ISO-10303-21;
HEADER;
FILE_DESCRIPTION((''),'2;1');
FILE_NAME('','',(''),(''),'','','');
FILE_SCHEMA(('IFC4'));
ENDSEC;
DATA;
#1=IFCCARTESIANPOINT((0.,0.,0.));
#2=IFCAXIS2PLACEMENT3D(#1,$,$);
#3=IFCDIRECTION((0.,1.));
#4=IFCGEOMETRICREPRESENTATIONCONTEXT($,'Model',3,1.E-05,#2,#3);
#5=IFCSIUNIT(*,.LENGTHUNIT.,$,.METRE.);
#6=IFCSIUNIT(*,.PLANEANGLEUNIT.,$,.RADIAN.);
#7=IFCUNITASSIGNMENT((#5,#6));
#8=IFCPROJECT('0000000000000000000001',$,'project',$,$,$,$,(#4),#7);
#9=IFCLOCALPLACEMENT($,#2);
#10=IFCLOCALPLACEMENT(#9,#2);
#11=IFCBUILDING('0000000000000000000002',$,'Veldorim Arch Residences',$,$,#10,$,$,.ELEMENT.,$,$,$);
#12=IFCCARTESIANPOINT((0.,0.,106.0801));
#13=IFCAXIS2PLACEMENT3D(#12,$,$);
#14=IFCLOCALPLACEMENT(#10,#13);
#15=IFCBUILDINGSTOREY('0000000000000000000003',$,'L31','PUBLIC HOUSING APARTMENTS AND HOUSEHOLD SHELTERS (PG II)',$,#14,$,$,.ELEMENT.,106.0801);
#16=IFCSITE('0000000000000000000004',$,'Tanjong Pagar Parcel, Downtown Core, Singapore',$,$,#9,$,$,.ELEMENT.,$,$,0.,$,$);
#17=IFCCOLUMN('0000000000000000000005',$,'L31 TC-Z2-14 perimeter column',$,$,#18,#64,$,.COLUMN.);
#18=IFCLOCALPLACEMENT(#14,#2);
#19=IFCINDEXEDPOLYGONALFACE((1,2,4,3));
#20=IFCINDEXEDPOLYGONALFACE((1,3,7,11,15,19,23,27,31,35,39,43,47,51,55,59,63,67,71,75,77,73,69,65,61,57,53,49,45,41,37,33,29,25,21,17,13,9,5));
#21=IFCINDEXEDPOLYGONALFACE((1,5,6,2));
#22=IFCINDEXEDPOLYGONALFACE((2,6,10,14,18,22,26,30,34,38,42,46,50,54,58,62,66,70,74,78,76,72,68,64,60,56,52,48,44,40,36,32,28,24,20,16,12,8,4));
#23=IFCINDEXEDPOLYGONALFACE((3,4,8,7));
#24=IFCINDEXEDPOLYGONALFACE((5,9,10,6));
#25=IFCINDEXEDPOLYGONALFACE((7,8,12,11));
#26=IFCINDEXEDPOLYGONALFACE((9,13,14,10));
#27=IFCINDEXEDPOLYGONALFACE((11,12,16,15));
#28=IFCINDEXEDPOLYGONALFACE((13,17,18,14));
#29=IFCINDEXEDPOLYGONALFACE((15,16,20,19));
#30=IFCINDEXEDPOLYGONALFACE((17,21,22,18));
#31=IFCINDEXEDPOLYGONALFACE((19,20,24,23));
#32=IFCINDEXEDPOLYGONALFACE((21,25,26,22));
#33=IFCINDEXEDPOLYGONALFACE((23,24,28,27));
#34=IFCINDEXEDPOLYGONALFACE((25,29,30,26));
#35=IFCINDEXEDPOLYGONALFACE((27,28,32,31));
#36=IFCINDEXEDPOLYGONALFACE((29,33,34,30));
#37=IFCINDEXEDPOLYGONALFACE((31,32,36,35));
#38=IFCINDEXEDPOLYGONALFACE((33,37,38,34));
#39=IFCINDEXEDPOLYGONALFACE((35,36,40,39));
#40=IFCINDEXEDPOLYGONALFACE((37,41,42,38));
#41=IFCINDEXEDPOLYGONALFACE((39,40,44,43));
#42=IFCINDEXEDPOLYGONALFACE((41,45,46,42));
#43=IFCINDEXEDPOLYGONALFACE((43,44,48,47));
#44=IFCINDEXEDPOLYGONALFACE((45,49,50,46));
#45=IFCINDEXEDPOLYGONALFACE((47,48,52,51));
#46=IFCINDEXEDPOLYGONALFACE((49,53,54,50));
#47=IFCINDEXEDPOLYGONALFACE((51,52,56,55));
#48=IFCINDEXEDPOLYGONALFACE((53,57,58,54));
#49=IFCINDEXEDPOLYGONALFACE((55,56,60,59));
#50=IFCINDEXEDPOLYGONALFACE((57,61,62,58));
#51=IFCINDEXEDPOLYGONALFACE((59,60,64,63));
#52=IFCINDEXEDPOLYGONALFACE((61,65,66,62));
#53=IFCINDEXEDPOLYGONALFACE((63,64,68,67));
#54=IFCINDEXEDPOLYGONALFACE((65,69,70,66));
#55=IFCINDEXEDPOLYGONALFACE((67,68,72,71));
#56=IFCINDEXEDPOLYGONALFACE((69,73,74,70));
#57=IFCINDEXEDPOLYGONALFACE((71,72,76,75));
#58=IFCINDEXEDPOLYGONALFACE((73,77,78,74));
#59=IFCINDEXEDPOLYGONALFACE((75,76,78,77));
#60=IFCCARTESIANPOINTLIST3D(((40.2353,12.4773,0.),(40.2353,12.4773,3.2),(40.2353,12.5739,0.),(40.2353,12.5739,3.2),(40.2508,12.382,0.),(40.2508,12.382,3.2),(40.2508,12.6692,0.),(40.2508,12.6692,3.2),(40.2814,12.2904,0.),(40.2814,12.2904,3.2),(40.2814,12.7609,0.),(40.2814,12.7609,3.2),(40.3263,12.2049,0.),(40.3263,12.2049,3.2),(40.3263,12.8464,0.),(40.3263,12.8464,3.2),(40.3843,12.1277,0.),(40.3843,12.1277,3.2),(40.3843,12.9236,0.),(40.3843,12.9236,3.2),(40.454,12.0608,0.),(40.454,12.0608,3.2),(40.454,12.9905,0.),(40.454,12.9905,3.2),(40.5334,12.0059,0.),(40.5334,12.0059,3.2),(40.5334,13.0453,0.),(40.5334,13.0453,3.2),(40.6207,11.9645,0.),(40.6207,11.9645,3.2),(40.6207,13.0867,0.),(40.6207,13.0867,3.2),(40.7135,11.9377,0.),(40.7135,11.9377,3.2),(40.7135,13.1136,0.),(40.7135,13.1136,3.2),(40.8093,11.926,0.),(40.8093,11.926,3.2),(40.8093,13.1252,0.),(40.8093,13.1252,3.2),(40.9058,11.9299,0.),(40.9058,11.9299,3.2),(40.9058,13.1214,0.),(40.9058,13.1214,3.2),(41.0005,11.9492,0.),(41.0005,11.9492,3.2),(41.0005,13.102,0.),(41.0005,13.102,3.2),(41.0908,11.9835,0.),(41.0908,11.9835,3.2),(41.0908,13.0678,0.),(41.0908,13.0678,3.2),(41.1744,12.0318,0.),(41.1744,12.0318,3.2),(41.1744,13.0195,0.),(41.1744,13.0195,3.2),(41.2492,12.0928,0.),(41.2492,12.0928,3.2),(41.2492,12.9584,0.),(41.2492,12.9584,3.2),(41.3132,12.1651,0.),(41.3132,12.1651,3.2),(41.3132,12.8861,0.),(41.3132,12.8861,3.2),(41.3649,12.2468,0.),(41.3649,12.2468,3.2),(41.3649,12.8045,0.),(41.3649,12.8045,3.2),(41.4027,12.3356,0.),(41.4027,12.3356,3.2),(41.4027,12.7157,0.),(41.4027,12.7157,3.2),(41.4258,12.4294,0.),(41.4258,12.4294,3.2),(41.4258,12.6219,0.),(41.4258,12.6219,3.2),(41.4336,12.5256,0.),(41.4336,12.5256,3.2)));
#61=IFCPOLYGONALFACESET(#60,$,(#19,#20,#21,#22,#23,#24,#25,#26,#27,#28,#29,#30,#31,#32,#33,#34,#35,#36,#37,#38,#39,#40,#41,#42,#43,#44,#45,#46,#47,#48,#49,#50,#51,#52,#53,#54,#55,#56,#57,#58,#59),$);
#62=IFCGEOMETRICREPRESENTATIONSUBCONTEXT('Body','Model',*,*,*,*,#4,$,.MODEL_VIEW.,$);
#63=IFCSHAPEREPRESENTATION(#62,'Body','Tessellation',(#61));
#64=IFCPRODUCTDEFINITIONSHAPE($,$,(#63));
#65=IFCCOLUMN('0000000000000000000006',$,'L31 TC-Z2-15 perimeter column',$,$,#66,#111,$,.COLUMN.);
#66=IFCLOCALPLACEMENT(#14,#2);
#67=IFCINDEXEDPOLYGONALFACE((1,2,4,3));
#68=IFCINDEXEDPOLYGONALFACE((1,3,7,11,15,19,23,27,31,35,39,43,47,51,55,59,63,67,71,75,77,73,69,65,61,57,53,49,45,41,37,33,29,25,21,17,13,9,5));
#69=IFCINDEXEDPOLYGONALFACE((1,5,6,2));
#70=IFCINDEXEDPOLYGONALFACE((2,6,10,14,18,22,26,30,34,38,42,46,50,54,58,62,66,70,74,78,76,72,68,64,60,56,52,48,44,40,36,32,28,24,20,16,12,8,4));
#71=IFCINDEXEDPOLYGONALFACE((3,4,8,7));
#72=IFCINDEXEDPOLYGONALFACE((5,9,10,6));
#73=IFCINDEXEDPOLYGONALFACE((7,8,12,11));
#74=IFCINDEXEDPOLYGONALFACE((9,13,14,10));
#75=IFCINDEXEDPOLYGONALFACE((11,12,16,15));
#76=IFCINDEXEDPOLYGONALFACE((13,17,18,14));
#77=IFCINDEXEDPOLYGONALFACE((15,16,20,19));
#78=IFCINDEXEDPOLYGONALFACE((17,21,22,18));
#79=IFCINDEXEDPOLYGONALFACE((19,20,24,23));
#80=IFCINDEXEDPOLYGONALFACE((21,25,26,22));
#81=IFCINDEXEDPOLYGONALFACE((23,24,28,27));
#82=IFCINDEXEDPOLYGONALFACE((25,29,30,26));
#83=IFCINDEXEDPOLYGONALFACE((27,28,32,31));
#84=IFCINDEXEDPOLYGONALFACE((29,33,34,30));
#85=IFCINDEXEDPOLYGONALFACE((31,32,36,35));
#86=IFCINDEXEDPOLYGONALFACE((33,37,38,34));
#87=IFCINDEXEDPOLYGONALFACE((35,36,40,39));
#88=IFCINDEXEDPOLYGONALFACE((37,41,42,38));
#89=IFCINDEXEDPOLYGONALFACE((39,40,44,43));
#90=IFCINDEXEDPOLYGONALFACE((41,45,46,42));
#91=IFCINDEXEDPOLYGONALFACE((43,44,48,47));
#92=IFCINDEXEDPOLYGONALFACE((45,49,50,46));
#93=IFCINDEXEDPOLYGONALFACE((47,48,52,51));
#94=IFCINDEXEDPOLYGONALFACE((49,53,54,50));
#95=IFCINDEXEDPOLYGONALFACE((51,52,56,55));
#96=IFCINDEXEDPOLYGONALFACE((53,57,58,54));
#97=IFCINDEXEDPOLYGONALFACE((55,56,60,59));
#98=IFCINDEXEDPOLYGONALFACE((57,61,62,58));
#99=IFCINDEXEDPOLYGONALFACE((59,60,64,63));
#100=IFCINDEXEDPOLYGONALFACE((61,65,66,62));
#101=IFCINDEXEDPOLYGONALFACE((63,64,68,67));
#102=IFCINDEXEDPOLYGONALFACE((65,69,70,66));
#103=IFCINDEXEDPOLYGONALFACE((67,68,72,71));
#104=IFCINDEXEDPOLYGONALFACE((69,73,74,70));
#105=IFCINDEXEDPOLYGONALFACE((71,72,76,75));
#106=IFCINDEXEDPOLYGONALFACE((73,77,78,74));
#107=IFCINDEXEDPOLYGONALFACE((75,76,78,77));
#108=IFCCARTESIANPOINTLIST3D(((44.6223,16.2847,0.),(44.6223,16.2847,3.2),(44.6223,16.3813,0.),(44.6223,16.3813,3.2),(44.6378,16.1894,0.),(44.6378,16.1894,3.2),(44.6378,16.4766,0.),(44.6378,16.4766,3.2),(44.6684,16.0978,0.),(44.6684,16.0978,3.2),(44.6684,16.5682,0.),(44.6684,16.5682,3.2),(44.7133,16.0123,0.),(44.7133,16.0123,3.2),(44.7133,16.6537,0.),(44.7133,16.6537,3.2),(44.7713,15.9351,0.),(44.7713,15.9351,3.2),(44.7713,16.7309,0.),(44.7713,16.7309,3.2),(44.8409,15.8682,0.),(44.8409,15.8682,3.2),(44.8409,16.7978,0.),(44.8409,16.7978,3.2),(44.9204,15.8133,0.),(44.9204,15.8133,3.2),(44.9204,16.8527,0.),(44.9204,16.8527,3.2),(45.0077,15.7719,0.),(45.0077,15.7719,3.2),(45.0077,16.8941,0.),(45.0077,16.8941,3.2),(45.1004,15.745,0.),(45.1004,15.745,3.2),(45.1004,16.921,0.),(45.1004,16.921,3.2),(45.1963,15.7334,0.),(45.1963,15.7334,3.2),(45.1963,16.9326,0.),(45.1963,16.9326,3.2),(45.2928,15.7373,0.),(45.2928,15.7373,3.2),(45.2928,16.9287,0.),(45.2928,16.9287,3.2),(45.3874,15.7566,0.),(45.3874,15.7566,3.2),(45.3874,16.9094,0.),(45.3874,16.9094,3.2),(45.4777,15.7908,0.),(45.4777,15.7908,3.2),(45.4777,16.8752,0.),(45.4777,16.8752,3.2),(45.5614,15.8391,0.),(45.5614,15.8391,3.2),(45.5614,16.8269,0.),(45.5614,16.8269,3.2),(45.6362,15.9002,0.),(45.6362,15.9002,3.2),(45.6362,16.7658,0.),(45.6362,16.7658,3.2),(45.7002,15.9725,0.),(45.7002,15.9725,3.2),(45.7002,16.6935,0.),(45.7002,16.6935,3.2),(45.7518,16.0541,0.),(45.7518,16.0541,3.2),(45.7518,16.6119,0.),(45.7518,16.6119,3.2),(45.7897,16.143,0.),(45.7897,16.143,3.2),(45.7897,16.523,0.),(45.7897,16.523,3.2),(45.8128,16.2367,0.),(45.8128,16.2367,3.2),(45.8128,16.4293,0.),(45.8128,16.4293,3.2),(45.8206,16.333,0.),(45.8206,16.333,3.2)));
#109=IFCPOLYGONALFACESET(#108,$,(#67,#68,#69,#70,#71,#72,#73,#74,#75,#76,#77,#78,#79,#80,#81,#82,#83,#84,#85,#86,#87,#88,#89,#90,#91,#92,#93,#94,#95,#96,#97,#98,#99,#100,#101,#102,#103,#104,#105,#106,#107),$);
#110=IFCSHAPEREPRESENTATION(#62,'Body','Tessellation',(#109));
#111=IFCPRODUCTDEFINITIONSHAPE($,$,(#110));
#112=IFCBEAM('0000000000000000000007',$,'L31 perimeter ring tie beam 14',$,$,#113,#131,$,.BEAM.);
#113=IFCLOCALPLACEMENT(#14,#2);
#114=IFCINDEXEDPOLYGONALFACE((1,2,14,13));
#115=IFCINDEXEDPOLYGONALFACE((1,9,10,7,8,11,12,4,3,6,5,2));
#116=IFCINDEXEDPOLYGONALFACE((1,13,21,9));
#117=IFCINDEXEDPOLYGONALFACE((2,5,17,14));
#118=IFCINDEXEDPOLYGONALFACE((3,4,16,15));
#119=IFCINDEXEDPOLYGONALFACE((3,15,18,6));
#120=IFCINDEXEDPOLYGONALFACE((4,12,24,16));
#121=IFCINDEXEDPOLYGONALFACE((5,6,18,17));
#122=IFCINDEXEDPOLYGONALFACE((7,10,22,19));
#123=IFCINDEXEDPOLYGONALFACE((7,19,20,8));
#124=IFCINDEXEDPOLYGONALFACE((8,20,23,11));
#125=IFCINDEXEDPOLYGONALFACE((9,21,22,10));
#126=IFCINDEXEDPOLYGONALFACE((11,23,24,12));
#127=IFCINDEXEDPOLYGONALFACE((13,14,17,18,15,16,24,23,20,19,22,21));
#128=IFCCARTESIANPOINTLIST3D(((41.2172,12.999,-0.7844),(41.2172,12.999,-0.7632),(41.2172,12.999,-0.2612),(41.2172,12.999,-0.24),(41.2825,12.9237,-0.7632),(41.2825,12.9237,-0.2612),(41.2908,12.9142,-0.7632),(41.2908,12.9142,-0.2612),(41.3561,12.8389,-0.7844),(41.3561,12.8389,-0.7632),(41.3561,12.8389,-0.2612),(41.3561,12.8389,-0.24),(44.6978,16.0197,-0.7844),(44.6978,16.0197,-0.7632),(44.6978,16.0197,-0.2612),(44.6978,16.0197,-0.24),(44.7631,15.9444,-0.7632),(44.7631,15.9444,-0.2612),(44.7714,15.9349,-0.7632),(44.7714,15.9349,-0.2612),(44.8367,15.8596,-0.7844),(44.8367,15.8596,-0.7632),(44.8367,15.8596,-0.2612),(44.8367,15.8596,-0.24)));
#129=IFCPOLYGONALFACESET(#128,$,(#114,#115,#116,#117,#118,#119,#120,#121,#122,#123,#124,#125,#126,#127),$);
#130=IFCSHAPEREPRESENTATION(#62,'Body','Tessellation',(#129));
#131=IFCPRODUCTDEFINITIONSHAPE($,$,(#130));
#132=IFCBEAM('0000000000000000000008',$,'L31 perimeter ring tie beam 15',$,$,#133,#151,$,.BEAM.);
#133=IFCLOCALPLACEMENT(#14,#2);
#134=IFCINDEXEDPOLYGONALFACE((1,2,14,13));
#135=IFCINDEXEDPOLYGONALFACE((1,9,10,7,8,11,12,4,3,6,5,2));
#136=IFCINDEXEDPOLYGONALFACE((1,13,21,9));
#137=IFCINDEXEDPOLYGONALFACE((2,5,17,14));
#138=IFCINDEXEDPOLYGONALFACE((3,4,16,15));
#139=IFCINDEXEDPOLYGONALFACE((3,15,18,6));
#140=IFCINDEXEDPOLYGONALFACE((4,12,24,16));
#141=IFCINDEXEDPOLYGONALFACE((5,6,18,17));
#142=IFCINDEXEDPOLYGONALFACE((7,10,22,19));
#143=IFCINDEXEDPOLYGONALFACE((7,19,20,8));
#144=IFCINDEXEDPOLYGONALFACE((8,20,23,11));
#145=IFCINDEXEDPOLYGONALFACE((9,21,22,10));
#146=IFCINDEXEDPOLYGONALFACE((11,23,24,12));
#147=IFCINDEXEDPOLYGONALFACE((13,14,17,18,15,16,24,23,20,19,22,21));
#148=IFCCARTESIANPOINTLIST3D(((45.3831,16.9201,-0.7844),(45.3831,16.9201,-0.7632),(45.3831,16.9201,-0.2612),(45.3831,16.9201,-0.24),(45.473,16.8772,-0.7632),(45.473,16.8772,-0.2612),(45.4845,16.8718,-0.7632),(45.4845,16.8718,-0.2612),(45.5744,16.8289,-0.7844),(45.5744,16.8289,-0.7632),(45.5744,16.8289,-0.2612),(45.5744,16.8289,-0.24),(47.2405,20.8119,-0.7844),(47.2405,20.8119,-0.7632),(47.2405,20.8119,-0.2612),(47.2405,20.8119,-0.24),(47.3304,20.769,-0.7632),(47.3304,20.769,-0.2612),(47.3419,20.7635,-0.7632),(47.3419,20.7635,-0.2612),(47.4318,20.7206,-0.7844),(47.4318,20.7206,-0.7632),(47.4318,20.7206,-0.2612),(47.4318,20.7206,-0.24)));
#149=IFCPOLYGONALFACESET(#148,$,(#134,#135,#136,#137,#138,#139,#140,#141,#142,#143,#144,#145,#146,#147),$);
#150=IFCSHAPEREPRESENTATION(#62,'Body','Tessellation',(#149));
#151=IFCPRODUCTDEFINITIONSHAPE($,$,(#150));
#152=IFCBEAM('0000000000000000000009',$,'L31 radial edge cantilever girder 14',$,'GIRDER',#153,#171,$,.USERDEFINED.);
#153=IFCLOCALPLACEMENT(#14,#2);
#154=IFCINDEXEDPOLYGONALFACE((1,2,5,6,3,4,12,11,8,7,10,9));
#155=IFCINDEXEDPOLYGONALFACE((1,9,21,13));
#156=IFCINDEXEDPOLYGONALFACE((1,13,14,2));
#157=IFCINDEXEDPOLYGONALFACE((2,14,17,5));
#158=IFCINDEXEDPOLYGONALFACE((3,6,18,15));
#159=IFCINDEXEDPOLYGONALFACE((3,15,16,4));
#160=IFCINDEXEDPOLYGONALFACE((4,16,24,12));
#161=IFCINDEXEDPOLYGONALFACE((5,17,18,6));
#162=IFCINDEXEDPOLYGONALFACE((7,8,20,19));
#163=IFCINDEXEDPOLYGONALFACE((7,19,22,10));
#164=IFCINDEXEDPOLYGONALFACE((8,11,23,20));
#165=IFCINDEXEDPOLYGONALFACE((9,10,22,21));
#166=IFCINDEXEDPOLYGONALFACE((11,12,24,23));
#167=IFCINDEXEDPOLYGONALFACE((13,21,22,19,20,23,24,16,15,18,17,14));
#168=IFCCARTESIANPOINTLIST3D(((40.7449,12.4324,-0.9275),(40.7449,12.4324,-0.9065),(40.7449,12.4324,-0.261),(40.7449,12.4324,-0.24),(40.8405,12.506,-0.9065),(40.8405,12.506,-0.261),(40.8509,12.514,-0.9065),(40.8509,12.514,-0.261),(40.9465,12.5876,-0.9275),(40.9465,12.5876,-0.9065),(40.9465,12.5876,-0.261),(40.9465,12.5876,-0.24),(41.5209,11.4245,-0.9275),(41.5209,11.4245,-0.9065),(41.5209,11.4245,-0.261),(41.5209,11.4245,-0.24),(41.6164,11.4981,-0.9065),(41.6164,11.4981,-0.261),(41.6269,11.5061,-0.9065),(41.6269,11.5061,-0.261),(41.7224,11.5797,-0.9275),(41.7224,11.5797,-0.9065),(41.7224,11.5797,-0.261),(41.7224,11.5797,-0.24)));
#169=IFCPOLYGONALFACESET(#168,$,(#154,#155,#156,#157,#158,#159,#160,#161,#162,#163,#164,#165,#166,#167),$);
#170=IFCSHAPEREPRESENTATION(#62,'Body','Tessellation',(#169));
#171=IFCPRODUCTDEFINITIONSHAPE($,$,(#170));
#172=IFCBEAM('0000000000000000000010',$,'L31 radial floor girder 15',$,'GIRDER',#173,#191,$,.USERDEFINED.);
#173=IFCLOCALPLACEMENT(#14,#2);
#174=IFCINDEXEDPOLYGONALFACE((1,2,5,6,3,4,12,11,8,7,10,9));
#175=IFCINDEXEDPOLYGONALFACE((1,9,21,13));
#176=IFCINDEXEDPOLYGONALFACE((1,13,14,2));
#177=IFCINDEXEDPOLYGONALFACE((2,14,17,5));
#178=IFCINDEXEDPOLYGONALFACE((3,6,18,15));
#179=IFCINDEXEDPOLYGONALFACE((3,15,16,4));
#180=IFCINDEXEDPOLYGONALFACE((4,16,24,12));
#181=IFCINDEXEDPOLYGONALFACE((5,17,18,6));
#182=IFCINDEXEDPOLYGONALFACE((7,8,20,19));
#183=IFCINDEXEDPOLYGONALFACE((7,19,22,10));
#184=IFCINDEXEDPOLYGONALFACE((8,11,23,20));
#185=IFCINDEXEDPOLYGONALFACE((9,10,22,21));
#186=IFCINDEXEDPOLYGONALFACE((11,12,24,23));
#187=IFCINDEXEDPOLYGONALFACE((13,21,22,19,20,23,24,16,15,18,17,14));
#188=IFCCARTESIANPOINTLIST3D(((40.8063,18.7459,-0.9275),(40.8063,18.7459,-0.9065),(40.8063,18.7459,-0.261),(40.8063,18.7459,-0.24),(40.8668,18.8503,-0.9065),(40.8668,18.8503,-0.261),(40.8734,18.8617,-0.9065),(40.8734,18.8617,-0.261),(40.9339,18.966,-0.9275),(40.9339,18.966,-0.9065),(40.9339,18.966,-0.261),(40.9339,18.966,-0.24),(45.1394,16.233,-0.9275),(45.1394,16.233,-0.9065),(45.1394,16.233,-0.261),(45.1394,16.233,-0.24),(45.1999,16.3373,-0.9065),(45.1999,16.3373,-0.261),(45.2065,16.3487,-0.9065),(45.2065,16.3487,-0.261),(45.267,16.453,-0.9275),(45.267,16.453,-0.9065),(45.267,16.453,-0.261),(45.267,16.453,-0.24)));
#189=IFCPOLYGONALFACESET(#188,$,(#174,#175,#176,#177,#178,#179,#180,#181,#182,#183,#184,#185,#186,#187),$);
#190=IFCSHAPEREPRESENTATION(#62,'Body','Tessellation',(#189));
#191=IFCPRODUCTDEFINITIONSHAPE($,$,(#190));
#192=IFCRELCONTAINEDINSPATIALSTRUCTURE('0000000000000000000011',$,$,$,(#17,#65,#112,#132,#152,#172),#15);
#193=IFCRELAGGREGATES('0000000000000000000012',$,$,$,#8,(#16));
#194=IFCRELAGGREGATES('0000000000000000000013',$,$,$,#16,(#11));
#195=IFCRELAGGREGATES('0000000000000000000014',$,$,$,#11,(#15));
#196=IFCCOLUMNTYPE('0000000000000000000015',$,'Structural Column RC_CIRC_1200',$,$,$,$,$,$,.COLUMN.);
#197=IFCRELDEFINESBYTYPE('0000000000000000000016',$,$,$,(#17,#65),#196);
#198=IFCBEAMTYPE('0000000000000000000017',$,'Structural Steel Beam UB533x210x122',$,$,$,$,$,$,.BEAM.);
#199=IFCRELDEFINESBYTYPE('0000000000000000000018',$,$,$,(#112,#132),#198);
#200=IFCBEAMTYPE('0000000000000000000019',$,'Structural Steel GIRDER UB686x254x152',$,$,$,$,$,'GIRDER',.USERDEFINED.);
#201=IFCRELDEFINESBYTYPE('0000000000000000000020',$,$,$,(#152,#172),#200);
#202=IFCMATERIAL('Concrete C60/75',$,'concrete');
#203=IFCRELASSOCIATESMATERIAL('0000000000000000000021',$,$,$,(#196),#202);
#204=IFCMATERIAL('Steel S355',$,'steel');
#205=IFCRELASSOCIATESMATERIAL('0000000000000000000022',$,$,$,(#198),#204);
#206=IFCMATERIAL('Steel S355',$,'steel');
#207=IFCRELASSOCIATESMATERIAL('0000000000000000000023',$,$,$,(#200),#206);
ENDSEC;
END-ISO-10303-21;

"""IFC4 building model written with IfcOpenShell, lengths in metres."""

from ifc_helpers import new_model, si_unit, direction, frame, origin, origin_2d, place, context, subcontext, project, spatial, circle, i_section, extrude, material, material_profile, profile_set, type_object, element, save


model = new_model("IFC4")

# Units and contexts
model_context = context("Model", 3, precision=1e-05, world=origin(), true_north=direction((0.0, 1.0)))
body_context = subcontext(model_context, "Body", "Model", "MODEL_VIEW")
ifc_project = project(units=[si_unit("LENGTHUNIT", "METRE"), si_unit("PLANEANGLEUNIT", "RADIAN")], contexts=[model_context])

# Site, building, storey
site_placement = place(None, origin())
site = spatial("IfcSite", under=ifc_project, at=site_placement, Name="Tanjong Pagar Parcel, Downtown Core, Singapore", CompositionType="ELEMENT", RefElevation=0.0)
building_placement = place(site_placement, origin())
building = spatial("IfcBuilding", under=site, at=building_placement, Name="Veldorim Arch Residences", CompositionType="ELEMENT")
storey_placement = place(building_placement, frame((0.0, 0.0, 106.0801)))
storey = spatial("IfcBuildingStorey", under=building, at=storey_placement, Name="L31", Description="PUBLIC HOUSING APARTMENTS AND HOUSEHOLD SHELTERS (PG II)", CompositionType="ELEMENT", Elevation=106.0801)

# Columns
ifc_material_1 = material(Name="Concrete C60/75", Category="concrete")
ifc_material_profile_1 = material_profile(ifc_material_1, circle(Radius=0.6001, at=origin_2d()), Name="RC_CIRC_1200")
ifc_profile_set_1 = profile_set([ifc_material_profile_1], Name="Concrete C60/75")
column_type = type_object("IfcColumnType", Name="Structural Column RC_CIRC_1200", PredefinedType="COLUMN", material=ifc_profile_set_1)
for number, where, z_axis, x_axis, name in (
    (1, (40.8335, 12.5256, 0.0), (0.0, 0.0, 1.0), (1.0, 0.0, 0.0), "L31 TC-Z2-14 perimeter column"),
    (2, (45.2205, 16.333, 0.0), (0.0, 0.0, 1.0), (1.0, 0.0, 0.0), "L31 TC-Z2-15 perimeter column"),
):
    element("IfcColumn", number, at=place(storey_placement, frame(where, z_axis=z_axis, x_axis=x_axis)), inside=storey, type_object=column_type, Name=name, PredefinedType="COLUMN", context=body_context, shape_type="SweptSolid", body=[
        extrude(circle(Radius=0.6001, at=origin_2d()), origin(), (0.0, 0.0, 1.0), 3.2),
    ])

# Beams
ifc_material_2 = material(Name="Steel S355", Category="steel")
ifc_material_profile_2 = material_profile(ifc_material_2, i_section(OverallWidth=0.2119, OverallDepth=0.5444, WebThickness=0.0127, FlangeThickness=0.0212, at=origin_2d()), Name="UB533x210x122")
ifc_profile_set_2 = profile_set([ifc_material_profile_2], Name="Steel S355")
beam_type_1 = type_object("IfcBeamType", Name="Structural Steel Beam UB533x210x122", PredefinedType="BEAM", material=ifc_profile_set_2)
beam_1_placement = place(storey_placement, frame((41.2866, 12.9189, -0.5122), z_axis=(0.755245, 0.655443, 0.0), x_axis=(-0.655443, 0.755245, 0.0)))
element("IfcBeam", 3, at=beam_1_placement, inside=storey, type_object=beam_type_1, Name="L31 perimeter ring tie beam 14", PredefinedType="BEAM", context=body_context, shape_type="SweptSolid", body=[
    extrude(i_section(OverallWidth=0.2119, OverallDepth=0.5444, WebThickness=0.0127, FlangeThickness=0.0212, at=origin_2d()), origin(), (0.0, 0.0, 1.0), 4.6086),
])
beam_2_placement = place(storey_placement, frame((45.4788, 16.8745, -0.5122), z_axis=(0.43072, 0.902486, 0.0), x_axis=(-0.902486, 0.43072, 0.0)))
element("IfcBeam", 4, at=beam_2_placement, inside=storey, type_object=beam_type_1, Name="L31 perimeter ring tie beam 15", PredefinedType="BEAM", context=body_context, shape_type="SweptSolid", body=[
    extrude(i_section(OverallWidth=0.2119, OverallDepth=0.5444, WebThickness=0.0127, FlangeThickness=0.0212, at=origin_2d()), origin(), (0.0, 0.0, 1.0), 4.3123),
])
ifc_material_3 = material(Name="Steel S355", Category="steel")
ifc_material_profile_3 = material_profile(ifc_material_3, i_section(OverallWidth=0.2544, OverallDepth=0.6875, WebThickness=0.0132, FlangeThickness=0.021, at=origin_2d()), Name="UB686x254x152")
ifc_profile_set_3 = profile_set([ifc_material_profile_3], Name="Steel S355")
beam_type_2 = type_object("IfcBeamType", Name="Structural Steel GIRDER UB686x254x152", ElementType="GIRDER", PredefinedType="USERDEFINED", material=ifc_profile_set_3)
beam_3_placement = place(storey_placement, frame((40.8457, 12.51, -0.5837), z_axis=(0.610026, -0.792381, 0.0), x_axis=(0.792381, 0.610026, 0.0)))
element("IfcBeam", 5, at=beam_3_placement, inside=storey, type_object=beam_type_2, Name="L31 radial edge cantilever girder 14", ObjectType="GIRDER", PredefinedType="USERDEFINED", context=body_context, shape_type="SweptSolid", body=[
    extrude(i_section(OverallWidth=0.2544, OverallDepth=0.6875, WebThickness=0.0132, FlangeThickness=0.021, at=origin_2d()), origin(), (0.0, 0.0, 1.0), 1.272),
])
beam_4_placement = place(storey_placement, frame((40.8701, 18.856, -0.5837), z_axis=(0.865049, -0.501687, 0.0), x_axis=(0.501687, 0.865049, 0.0)))
element("IfcBeam", 6, at=beam_4_placement, inside=storey, type_object=beam_type_2, Name="L31 radial floor girder 15", ObjectType="GIRDER", PredefinedType="USERDEFINED", context=body_context, shape_type="SweptSolid", body=[
    extrude(i_section(OverallWidth=0.2544, OverallDepth=0.6875, WebThickness=0.0132, FlangeThickness=0.021, at=origin_2d()), origin(), (0.0, 0.0, 1.0), 5.009),
])

save(model, "model.ifc")
